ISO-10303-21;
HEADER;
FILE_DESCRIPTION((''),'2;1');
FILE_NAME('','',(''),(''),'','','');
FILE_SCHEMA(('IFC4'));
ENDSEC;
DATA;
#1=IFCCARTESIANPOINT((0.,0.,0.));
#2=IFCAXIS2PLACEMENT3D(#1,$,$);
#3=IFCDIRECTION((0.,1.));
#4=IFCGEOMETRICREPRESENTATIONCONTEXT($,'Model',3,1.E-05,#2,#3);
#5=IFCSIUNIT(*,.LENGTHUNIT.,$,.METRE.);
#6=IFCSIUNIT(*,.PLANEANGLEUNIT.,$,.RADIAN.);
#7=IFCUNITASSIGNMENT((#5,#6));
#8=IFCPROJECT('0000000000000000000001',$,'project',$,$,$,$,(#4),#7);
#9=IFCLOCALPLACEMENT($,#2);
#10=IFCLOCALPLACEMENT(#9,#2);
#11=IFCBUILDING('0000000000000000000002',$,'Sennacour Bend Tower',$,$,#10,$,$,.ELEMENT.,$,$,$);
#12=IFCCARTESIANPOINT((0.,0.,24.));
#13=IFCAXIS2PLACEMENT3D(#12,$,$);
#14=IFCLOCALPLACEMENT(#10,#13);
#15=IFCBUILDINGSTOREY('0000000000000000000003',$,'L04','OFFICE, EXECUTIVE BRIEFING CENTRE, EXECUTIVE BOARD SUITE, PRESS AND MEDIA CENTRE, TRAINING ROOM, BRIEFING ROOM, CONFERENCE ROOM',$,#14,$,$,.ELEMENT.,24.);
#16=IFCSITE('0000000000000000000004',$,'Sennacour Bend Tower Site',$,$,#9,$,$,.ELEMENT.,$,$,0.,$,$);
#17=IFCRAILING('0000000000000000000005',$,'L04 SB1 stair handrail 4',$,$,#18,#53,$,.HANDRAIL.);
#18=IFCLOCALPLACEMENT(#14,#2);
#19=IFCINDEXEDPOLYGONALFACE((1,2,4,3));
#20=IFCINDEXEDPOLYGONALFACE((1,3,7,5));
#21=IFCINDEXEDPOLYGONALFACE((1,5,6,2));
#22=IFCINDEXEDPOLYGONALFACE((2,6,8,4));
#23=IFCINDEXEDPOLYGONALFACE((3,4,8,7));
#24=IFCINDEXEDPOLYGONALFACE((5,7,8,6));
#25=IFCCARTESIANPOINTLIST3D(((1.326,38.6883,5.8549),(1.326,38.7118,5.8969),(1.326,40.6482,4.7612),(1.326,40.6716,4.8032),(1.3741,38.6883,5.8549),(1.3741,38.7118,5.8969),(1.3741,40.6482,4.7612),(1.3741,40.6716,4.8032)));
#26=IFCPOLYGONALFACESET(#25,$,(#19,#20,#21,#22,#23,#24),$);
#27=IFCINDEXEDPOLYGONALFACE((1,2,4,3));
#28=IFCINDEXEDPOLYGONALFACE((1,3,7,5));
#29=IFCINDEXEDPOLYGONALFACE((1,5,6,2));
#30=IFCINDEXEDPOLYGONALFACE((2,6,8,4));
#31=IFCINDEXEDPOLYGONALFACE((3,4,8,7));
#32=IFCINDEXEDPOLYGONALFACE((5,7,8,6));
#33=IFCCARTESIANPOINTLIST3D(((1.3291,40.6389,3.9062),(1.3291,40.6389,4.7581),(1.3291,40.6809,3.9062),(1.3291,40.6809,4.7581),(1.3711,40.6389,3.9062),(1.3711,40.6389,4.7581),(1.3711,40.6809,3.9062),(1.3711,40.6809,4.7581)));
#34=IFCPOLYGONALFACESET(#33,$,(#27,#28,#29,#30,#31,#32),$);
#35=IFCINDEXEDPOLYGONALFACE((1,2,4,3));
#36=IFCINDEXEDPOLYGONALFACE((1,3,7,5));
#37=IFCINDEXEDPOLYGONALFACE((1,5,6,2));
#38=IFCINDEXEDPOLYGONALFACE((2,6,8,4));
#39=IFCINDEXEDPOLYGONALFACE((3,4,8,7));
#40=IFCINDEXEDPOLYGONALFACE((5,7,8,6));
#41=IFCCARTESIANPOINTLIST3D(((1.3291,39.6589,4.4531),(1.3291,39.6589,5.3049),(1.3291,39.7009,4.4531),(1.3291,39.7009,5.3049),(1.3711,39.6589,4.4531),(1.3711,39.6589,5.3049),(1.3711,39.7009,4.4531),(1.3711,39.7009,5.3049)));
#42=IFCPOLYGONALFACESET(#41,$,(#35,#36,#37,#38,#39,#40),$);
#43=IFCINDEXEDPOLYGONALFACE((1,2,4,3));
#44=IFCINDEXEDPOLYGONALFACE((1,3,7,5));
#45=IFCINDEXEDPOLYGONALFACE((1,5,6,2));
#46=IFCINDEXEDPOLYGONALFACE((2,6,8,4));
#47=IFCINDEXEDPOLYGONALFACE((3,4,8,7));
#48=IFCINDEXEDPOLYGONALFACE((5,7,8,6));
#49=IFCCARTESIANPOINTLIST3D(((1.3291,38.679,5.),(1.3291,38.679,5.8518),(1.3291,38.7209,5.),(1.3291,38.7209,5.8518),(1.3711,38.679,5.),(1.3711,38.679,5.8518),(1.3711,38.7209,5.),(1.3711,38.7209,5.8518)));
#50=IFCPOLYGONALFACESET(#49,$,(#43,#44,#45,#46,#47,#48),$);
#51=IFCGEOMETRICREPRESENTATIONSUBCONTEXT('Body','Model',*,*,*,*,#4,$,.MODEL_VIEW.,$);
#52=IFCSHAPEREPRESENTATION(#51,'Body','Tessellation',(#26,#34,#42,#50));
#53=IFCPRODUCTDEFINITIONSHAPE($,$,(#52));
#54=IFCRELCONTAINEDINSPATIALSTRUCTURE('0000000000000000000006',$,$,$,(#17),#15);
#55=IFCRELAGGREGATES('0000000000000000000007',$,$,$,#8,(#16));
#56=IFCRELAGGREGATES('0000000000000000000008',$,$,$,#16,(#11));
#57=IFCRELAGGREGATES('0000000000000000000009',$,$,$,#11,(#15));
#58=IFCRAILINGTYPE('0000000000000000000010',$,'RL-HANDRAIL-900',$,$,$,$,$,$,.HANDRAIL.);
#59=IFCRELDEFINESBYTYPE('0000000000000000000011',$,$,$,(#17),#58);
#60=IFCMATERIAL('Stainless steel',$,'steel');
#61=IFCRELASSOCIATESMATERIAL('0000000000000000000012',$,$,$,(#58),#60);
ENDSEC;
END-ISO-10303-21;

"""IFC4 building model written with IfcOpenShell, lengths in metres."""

from ifc_helpers import new_model, si_unit, direction, frame, origin, origin_2d, place, context, subcontext, project, spatial, rectangle, extrude, material, type_object, element, save


model = new_model("IFC4")

# Units and contexts
model_context = context("Model", 3, precision=1e-05, world=origin(), true_north=direction((0.0, 1.0)))
body_context = subcontext(model_context, "Body", "Model", "MODEL_VIEW")
ifc_project = project(units=[si_unit("LENGTHUNIT", "METRE"), si_unit("PLANEANGLEUNIT", "RADIAN")], contexts=[model_context])

# Site, building, storey
site_placement = place(None, origin())
site = spatial("IfcSite", under=ifc_project, at=site_placement, Name="Sennacour Bend Tower Site", CompositionType="ELEMENT", RefElevation=0.0)
building_placement = place(site_placement, origin())
building = spatial("IfcBuilding", under=site, at=building_placement, Name="Sennacour Bend Tower", CompositionType="ELEMENT")
storey_placement = place(building_placement, frame((0.0, 0.0, 24.0)))
storey = spatial("IfcBuildingStorey", under=building, at=storey_placement, Name="L04", Description="OFFICE, EXECUTIVE BRIEFING CENTRE, EXECUTIVE BOARD SUITE, PRESS AND MEDIA CENTRE, TRAINING ROOM, BRIEFING ROOM, CONFERENCE ROOM", CompositionType="ELEMENT", Elevation=24.0)

# Railing
ifc_material_1 = material(Name="Stainless steel", Category="steel")
railing_type_1 = type_object("IfcRailingType", Name="RL-HANDRAIL-900", PredefinedType="HANDRAIL", material=ifc_material_1)
for number, where, name in (
    (1, (1.3501, 40.6599, 3.9062), "L04 SB1 stair handrail 4"),
):
    element("IfcRailing", number, at=place(storey_placement, frame(where)), inside=storey, type_object=railing_type_1, Name=name, PredefinedType="HANDRAIL", context=body_context, shape_type="SweptSolid", body=[
        extrude(rectangle(XDim=0.0481, YDim=0.0481, at=origin_2d()), frame((0.0, 0.0, 0.876), z_axis=(0.0, -0.873232, 0.487304), x_axis=(1.0, 0.0, 0.0)), (0.0, 0.0, 1.0), 2.2444),
        extrude(rectangle(XDim=0.042, YDim=0.042, at=origin_2d()), origin(), (0.0, 0.0, 1.0), 0.8518),
        extrude(rectangle(XDim=0.042, YDim=0.042, at=origin_2d()), frame((0.0, -0.98, 0.5469)), (0.0, 0.0, 1.0), 0.8518),
        extrude(rectangle(XDim=0.042, YDim=0.042, at=origin_2d()), frame((0.0, -1.96, 1.0938)), (0.0, 0.0, 1.0), 0.8518),
    ])

save(model, "model.ifc")
